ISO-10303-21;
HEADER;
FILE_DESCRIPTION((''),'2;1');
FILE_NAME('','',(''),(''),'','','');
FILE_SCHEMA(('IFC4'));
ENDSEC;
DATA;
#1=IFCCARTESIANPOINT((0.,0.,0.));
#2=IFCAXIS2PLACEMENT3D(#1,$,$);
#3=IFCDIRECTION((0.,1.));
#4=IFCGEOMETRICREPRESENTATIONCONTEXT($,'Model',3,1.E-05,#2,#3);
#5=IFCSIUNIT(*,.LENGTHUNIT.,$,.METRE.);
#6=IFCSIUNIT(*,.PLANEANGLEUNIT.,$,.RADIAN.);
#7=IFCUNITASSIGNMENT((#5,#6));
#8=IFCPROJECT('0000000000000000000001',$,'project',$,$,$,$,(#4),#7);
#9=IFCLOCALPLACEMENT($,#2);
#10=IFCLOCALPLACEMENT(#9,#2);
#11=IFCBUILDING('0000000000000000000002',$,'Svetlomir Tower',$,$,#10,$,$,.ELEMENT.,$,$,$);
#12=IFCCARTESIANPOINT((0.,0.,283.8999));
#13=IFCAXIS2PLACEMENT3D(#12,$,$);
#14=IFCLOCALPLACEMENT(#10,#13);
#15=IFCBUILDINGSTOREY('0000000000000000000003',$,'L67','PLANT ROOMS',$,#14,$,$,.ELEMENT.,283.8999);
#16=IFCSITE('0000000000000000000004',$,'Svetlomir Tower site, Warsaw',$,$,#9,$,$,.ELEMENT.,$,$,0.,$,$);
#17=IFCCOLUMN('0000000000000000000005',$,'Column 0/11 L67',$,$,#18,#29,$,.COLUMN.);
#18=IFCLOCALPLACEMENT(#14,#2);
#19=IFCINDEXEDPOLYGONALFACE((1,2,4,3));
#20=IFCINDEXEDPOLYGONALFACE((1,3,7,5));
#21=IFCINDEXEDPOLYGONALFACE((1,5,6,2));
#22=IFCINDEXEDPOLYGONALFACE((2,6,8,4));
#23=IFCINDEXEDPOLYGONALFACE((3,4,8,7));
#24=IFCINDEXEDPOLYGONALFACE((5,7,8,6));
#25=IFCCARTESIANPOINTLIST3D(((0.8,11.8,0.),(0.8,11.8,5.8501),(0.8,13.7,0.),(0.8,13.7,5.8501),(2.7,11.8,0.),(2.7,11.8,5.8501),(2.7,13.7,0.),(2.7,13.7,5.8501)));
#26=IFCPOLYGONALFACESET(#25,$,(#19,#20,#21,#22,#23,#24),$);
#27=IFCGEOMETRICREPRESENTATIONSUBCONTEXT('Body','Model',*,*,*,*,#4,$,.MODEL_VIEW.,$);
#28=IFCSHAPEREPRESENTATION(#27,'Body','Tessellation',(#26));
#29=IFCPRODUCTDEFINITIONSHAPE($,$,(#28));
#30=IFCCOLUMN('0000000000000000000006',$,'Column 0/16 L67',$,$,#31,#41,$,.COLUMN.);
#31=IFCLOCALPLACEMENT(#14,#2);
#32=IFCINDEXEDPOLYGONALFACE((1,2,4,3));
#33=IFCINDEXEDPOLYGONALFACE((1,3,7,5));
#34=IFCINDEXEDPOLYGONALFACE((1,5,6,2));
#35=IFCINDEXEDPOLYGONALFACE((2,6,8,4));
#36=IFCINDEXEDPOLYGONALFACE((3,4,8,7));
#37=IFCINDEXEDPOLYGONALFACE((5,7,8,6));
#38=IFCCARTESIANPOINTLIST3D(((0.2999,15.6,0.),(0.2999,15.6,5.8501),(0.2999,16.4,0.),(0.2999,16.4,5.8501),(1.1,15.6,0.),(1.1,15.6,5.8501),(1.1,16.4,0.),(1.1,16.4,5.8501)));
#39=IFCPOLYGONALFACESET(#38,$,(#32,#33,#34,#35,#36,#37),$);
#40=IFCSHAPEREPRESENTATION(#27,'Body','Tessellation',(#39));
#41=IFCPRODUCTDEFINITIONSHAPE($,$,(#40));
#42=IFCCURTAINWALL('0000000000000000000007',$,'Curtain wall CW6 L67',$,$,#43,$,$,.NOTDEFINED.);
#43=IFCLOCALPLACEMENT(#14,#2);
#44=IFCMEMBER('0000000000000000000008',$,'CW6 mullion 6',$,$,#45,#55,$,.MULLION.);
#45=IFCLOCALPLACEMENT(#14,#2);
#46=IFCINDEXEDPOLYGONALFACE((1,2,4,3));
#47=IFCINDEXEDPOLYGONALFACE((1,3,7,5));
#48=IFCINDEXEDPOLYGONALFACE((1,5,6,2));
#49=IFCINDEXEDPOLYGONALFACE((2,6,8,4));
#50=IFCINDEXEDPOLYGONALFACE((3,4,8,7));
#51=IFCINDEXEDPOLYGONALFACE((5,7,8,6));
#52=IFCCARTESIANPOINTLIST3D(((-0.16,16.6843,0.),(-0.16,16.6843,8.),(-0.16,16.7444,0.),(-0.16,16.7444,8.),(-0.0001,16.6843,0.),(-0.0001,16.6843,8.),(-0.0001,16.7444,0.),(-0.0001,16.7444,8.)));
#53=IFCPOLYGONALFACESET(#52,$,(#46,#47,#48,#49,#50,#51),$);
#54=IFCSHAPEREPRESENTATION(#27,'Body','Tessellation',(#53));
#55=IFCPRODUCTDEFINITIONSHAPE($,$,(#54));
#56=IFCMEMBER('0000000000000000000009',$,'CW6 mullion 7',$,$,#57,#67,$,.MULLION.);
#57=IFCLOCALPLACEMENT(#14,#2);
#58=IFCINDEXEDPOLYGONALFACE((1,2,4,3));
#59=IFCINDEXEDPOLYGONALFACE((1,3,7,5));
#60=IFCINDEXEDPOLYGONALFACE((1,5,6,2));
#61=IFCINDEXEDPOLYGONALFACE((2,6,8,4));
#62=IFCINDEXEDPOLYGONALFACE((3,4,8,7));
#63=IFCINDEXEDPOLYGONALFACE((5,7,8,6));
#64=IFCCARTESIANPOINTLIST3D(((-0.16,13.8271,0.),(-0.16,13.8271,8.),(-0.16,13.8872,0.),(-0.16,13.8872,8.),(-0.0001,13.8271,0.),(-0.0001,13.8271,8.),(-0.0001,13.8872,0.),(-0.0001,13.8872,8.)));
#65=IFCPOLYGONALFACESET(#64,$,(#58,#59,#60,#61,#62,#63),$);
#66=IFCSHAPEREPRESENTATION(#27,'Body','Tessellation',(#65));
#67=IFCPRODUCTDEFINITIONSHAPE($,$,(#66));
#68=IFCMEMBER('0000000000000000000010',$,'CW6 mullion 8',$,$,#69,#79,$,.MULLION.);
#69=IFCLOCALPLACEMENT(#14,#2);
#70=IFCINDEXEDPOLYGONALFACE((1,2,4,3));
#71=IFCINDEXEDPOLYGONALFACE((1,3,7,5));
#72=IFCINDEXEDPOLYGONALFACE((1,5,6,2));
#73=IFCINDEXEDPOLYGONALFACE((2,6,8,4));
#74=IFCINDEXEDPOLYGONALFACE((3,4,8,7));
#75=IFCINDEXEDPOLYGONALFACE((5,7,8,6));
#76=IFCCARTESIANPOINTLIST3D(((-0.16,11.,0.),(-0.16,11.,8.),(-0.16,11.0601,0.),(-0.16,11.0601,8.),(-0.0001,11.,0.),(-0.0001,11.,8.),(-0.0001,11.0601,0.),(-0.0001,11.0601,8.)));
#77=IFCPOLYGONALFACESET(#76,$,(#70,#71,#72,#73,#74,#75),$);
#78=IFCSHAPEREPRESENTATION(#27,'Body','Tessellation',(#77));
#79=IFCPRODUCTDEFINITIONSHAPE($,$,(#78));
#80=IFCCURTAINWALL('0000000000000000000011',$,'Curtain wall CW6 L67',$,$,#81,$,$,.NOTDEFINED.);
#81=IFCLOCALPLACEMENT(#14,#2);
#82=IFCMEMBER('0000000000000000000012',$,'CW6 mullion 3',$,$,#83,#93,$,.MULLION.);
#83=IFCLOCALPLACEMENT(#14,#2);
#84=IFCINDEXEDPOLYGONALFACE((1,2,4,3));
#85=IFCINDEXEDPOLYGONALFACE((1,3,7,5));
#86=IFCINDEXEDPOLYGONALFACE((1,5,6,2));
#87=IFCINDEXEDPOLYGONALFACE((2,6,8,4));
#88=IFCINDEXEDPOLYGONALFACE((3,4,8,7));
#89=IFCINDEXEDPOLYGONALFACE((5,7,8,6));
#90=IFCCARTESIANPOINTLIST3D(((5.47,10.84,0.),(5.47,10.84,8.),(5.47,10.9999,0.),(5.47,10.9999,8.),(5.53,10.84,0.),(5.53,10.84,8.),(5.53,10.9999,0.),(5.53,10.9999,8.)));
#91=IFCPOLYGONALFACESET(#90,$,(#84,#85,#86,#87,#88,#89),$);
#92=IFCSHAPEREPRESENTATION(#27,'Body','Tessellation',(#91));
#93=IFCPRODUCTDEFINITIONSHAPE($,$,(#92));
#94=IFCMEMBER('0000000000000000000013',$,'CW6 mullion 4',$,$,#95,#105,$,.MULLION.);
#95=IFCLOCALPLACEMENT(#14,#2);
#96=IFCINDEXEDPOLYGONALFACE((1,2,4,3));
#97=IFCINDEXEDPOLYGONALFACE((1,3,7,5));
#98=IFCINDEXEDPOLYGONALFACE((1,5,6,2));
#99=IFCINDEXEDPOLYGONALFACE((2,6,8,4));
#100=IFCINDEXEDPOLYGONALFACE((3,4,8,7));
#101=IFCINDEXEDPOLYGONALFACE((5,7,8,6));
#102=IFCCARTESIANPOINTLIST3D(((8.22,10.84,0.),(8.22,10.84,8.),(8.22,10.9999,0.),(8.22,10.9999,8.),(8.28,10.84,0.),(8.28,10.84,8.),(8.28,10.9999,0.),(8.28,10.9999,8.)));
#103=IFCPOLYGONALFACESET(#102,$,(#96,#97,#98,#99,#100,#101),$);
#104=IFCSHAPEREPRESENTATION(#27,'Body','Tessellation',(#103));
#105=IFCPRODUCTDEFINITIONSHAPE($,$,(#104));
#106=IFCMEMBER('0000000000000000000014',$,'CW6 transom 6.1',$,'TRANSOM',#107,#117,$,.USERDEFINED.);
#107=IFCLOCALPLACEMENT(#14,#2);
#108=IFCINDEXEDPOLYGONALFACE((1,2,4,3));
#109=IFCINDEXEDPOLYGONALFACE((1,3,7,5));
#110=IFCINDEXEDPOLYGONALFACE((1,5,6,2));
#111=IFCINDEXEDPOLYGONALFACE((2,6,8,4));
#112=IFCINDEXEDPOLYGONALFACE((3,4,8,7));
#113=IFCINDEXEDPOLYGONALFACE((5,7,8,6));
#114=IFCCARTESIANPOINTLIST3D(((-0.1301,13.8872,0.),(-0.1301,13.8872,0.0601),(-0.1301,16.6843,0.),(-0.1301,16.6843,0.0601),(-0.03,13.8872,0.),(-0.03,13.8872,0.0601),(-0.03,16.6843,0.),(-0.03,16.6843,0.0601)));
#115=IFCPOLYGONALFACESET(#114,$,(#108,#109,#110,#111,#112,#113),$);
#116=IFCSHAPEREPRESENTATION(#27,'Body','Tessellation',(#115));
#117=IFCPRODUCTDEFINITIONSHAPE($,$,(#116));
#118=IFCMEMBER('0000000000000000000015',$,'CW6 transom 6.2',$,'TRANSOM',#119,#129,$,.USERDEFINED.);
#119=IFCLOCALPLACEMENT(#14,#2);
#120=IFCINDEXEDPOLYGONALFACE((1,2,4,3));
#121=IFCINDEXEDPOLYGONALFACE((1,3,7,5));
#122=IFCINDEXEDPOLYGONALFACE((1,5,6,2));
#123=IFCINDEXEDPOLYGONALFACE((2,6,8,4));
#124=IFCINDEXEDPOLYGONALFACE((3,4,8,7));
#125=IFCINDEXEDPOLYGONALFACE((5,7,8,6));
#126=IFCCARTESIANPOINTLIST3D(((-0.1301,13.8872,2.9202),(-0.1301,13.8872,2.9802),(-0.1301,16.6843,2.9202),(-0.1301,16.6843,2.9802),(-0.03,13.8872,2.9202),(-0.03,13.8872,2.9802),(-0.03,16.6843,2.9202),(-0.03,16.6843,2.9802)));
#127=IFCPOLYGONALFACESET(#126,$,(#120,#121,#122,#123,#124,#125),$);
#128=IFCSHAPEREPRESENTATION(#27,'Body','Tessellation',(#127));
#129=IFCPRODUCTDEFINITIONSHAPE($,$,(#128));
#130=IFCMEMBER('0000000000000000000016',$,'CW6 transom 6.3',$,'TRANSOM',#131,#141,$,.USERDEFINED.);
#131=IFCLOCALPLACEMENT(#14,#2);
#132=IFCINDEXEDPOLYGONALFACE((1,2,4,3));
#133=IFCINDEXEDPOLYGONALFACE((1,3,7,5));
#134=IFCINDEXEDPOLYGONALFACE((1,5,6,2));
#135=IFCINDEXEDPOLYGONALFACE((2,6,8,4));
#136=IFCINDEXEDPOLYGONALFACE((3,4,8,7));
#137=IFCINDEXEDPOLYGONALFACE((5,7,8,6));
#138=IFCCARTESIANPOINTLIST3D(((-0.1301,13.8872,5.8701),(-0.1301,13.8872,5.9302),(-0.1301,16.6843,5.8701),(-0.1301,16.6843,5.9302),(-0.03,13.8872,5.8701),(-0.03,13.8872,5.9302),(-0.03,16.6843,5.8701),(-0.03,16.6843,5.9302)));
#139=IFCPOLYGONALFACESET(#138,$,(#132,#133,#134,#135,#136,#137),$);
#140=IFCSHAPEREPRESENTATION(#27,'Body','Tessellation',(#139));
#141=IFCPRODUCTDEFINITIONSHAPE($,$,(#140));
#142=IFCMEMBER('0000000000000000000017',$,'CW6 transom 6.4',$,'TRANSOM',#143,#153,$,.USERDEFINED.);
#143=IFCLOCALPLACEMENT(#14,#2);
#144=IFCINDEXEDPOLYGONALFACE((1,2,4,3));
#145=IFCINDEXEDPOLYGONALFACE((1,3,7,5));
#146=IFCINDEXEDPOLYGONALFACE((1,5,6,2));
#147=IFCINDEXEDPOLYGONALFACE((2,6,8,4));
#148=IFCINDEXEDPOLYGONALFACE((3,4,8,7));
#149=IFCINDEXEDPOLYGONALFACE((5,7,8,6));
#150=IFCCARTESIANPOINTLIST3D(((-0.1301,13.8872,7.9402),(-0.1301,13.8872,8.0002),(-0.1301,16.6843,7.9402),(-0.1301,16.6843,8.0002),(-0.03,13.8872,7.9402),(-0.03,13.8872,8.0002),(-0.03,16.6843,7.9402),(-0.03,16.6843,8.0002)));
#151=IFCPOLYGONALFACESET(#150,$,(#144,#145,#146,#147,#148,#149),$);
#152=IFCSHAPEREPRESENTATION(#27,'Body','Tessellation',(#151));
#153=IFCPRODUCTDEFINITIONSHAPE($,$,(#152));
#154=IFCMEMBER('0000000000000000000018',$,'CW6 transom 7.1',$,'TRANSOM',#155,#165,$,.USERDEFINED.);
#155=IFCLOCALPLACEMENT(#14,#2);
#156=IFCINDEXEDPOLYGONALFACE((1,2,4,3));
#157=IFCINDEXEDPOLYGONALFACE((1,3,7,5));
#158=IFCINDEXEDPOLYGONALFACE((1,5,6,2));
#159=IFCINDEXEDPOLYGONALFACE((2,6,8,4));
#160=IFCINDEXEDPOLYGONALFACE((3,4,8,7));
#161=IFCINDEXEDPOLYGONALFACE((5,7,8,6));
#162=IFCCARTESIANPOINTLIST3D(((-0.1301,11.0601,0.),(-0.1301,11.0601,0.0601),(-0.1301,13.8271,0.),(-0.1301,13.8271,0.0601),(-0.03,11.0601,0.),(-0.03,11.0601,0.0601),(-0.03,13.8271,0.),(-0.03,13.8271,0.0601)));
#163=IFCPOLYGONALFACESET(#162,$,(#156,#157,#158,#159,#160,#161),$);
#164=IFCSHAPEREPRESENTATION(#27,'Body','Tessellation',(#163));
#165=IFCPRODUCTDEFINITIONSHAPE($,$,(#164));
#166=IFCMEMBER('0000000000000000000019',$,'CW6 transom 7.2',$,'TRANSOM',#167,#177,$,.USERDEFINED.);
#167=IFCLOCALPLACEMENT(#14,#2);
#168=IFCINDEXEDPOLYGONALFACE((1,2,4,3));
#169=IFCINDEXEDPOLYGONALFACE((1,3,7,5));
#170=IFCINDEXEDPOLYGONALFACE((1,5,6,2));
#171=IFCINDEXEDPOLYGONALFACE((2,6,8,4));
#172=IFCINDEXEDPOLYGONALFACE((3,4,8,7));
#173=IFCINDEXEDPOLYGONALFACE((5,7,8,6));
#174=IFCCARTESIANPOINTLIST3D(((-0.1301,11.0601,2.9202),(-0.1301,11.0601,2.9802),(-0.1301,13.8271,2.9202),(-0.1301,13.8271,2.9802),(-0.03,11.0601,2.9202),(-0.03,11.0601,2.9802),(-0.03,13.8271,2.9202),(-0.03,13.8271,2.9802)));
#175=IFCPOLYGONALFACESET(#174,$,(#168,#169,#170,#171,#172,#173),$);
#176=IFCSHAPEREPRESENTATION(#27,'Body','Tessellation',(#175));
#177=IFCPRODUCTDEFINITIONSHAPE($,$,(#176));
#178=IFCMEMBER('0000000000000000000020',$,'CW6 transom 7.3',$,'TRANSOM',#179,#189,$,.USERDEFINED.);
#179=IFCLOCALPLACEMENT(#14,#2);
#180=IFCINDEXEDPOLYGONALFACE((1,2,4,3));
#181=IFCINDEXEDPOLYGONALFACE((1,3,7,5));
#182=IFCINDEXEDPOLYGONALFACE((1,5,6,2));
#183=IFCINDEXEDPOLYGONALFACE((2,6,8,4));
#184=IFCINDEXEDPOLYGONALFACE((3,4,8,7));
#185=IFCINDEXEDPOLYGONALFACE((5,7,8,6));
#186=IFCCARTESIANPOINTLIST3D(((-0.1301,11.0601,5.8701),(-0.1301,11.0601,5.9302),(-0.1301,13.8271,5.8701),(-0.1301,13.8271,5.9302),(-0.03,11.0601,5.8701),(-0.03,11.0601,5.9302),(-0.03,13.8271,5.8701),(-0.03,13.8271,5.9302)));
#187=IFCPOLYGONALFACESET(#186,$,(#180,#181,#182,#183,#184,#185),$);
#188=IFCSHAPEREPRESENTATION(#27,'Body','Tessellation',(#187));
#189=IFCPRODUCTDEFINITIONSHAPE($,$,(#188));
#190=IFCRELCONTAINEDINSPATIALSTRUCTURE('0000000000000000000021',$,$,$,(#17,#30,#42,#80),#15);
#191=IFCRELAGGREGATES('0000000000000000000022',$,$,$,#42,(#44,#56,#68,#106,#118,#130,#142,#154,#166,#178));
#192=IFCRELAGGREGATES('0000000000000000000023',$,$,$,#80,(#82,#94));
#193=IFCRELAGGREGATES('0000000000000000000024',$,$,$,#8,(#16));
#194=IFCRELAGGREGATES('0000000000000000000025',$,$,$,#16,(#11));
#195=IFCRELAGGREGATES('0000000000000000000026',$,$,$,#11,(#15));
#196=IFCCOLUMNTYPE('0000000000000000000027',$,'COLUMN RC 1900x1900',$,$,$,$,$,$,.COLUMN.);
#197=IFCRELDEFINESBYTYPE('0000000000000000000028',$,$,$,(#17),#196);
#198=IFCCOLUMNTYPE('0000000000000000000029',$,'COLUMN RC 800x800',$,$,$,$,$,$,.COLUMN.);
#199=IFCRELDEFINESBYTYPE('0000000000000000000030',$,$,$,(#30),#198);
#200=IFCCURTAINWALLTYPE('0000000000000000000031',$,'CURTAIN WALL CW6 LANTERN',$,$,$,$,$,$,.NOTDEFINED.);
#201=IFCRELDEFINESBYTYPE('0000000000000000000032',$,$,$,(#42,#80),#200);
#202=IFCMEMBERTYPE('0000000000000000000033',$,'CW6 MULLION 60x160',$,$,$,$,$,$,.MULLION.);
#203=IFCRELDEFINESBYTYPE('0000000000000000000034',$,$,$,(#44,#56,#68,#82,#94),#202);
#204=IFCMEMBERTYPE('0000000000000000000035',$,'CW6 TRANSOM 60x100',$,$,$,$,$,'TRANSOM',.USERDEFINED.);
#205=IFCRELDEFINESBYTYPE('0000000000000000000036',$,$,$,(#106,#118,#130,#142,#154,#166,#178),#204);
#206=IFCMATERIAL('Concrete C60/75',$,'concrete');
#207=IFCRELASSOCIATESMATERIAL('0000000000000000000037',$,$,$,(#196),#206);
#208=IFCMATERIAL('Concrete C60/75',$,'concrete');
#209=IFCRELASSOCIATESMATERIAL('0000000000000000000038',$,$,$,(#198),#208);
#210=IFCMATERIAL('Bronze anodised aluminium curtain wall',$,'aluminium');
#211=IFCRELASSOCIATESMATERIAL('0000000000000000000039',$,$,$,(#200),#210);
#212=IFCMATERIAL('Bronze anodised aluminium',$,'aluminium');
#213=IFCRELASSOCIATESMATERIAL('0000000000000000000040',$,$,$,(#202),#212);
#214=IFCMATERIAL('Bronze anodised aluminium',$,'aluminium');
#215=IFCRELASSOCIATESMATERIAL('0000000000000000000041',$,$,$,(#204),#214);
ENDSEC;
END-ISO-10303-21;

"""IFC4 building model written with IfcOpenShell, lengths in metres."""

from ifc_helpers import new_model, si_unit, direction, frame, origin, origin_2d, place, context, subcontext, project, spatial, rectangle, extrude, material, material_profile, profile_set, type_object, element, aggregate, save


model = new_model("IFC4")

# Units and contexts
model_context = context("Model", 3, precision=1e-05, world=origin(), true_north=direction((0.0, 1.0)))
body_context = subcontext(model_context, "Body", "Model", "MODEL_VIEW")
ifc_project = project(units=[si_unit("LENGTHUNIT", "METRE"), si_unit("PLANEANGLEUNIT", "RADIAN")], contexts=[model_context])

# Site, building, storey
site_placement = place(None, origin())
site = spatial("IfcSite", under=ifc_project, at=site_placement, Name="Svetlomir Tower site, Warsaw", CompositionType="ELEMENT", RefElevation=0.0)
building_placement = place(site_placement, origin())
building = spatial("IfcBuilding", under=site, at=building_placement, Name="Svetlomir Tower", CompositionType="ELEMENT")
storey_placement = place(building_placement, frame((0.0, 0.0, 283.8999)))
storey = spatial("IfcBuildingStorey", under=building, at=storey_placement, Name="L67", Description="PLANT ROOMS", CompositionType="ELEMENT", Elevation=283.8999)

# Columns
ifc_material_1 = material(Name="Concrete C60/75", Category="concrete")
ifc_material_profile_1 = material_profile(ifc_material_1, rectangle(XDim=1.8999, YDim=1.8999, at=origin_2d()), Name="RC 1900x1900")
ifc_profile_set_1 = profile_set([ifc_material_profile_1], Name="Concrete C60/75")
column_type_1 = type_object("IfcColumnType", Name="COLUMN RC 1900x1900", PredefinedType="COLUMN", material=ifc_profile_set_1)
column_1_placement = place(storey_placement, frame((1.75, 12.75, 0.0), z_axis=(0.0, 0.0, 1.0), x_axis=(1.0, 0.0, 0.0)))
element("IfcColumn", 1, at=column_1_placement, inside=storey, type_object=column_type_1, Name="Column 0/11 L67", PredefinedType="COLUMN", context=body_context, shape_type="SweptSolid", body=[
    extrude(rectangle(XDim=1.8999, YDim=1.8999, at=origin_2d()), origin(), (0.0, 0.0, 1.0), 5.8501),
])
ifc_material_2 = material(Name="Concrete C60/75", Category="concrete")
ifc_material_profile_2 = material_profile(ifc_material_2, rectangle(XDim=0.8, YDim=0.8, at=origin_2d()), Name="RC 800x800")
ifc_profile_set_2 = profile_set([ifc_material_profile_2], Name="Concrete C60/75")
column_type_2 = type_object("IfcColumnType", Name="COLUMN RC 800x800", PredefinedType="COLUMN", material=ifc_profile_set_2)
column_2_placement = place(storey_placement, frame((0.7, 16.0, 0.0), z_axis=(0.0, 0.0, 1.0), x_axis=(1.0, 0.0, 0.0)))
element("IfcColumn", 2, at=column_2_placement, inside=storey, type_object=column_type_2, Name="Column 0/16 L67", PredefinedType="COLUMN", context=body_context, shape_type="SweptSolid", body=[
    extrude(rectangle(XDim=0.8, YDim=0.8, at=origin_2d()), origin(), (0.0, 0.0, 1.0), 5.8501),
])

# Curtain walls, members
ifc_material_3 = material(Name="Bronze anodised aluminium curtain wall", Category="aluminium")
curtain_wall_type = type_object("IfcCurtainWallType", Name="CURTAIN WALL CW6 LANTERN", PredefinedType="NOTDEFINED", material=ifc_material_3)
curtain_wall_1_placement = place(storey_placement, origin())
curtain_wall_1 = element("IfcCurtainWall", 3, at=curtain_wall_1_placement, inside=storey, type_object=curtain_wall_type, Name="Curtain wall CW6 L67", PredefinedType="NOTDEFINED")
ifc_material_4 = material(Name="Bronze anodised aluminium", Category="aluminium")
ifc_material_profile_3 = material_profile(ifc_material_4, rectangle(XDim=0.0601, YDim=0.1599, at=origin_2d()), Name="AL 60x160")
ifc_profile_set_3 = profile_set([ifc_material_profile_3], Name="Bronze anodised aluminium 6063-T6")
member_type_1 = type_object("IfcMemberType", Name="CW6 MULLION 60x160", PredefinedType="MULLION", material=ifc_profile_set_3)
member_1_placement = place(storey_placement, frame((-0.0801, 16.7144, 0.0), z_axis=(0.0, 0.0, 1.0), x_axis=(0.0, -1.0, 0.0)))
member_1 = element("IfcMember", 4, at=member_1_placement, type_object=member_type_1, Name="CW6 mullion 6", PredefinedType="MULLION", context=body_context, shape_type="SweptSolid", body=[
    extrude(rectangle(XDim=0.0601, YDim=0.1599, at=origin_2d()), origin(), (0.0, 0.0, 1.0), 8.0),
])
member_2_placement = place(storey_placement, frame((-0.0801, 13.8572, 0.0), z_axis=(0.0, 0.0, 1.0), x_axis=(0.0, -1.0, 0.0)))
member_2 = element("IfcMember", 5, at=member_2_placement, type_object=member_type_1, Name="CW6 mullion 7", PredefinedType="MULLION", context=body_context, shape_type="SweptSolid", body=[
    extrude(rectangle(XDim=0.0601, YDim=0.1599, at=origin_2d()), origin(), (0.0, 0.0, 1.0), 8.0),
])
member_3_placement = place(storey_placement, frame((-0.0801, 11.03, 0.0), z_axis=(0.0, 0.0, 1.0), x_axis=(0.0, -1.0, 0.0)))
member_3 = element("IfcMember", 6, at=member_3_placement, type_object=member_type_1, Name="CW6 mullion 8", PredefinedType="MULLION", context=body_context, shape_type="SweptSolid", body=[
    extrude(rectangle(XDim=0.0601, YDim=0.1599, at=origin_2d()), origin(), (0.0, 0.0, 1.0), 8.0),
])
curtain_wall_2_placement = place(storey_placement, origin())
curtain_wall_2 = element("IfcCurtainWall", 7, at=curtain_wall_2_placement, inside=storey, type_object=curtain_wall_type, Name="Curtain wall CW6 L67", PredefinedType="NOTDEFINED")
member_4_placement = place(storey_placement, frame((5.5, 10.9199, 0.0), z_axis=(0.0, 0.0, 1.0), x_axis=(1.0, 0.0, 0.0)))
member_4 = element("IfcMember", 8, at=member_4_placement, type_object=member_type_1, Name="CW6 mullion 3", PredefinedType="MULLION", context=body_context, shape_type="SweptSolid", body=[
    extrude(rectangle(XDim=0.0601, YDim=0.1599, at=origin_2d()), origin(), (0.0, 0.0, 1.0), 8.0),
])
member_5_placement = place(storey_placement, frame((8.25, 10.9199, 0.0), z_axis=(0.0, 0.0, 1.0), x_axis=(1.0, 0.0, 0.0)))
member_5 = element("IfcMember", 9, at=member_5_placement, type_object=member_type_1, Name="CW6 mullion 4", PredefinedType="MULLION", context=body_context, shape_type="SweptSolid", body=[
    extrude(rectangle(XDim=0.0601, YDim=0.1599, at=origin_2d()), origin(), (0.0, 0.0, 1.0), 8.0),
])

# Members
ifc_material_5 = material(Name="Bronze anodised aluminium", Category="aluminium")
ifc_material_profile_4 = material_profile(ifc_material_5, rectangle(XDim=0.1001, YDim=0.0601, at=origin_2d()), Name="AL 100x60")
ifc_profile_set_4 = profile_set([ifc_material_profile_4], Name="Bronze anodised aluminium 6063-T6")
member_type_2 = type_object("IfcMemberType", Name="CW6 TRANSOM 60x100", ElementType="TRANSOM", PredefinedType="USERDEFINED", material=ifc_profile_set_4)
member_6_placement = place(storey_placement, frame((-0.0801, 16.6843, 0.03), z_axis=(0.0, -1.0, 0.0), x_axis=(1.0, 0.0, 0.0)))
member_6 = element("IfcMember", 10, at=member_6_placement, type_object=member_type_2, Name="CW6 transom 6.1", ObjectType="TRANSOM", PredefinedType="USERDEFINED", context=body_context, shape_type="SweptSolid", body=[
    extrude(rectangle(XDim=0.1001, YDim=0.0601, at=origin_2d()), origin(), (0.0, 0.0, 1.0), 2.7971),
])
member_7_placement = place(storey_placement, frame((-0.0801, 16.6843, 2.9502), z_axis=(0.0, -1.0, 0.0), x_axis=(1.0, 0.0, 0.0)))
member_7 = element("IfcMember", 11, at=member_7_placement, type_object=member_type_2, Name="CW6 transom 6.2", ObjectType="TRANSOM", PredefinedType="USERDEFINED", context=body_context, shape_type="SweptSolid", body=[
    extrude(rectangle(XDim=0.1001, YDim=0.0601, at=origin_2d()), origin(), (0.0, 0.0, 1.0), 2.7971),
])
member_8_placement = place(storey_placement, frame((-0.0801, 16.6843, 5.9001), z_axis=(0.0, -1.0, 0.0), x_axis=(1.0, 0.0, 0.0)))
member_8 = element("IfcMember", 12, at=member_8_placement, type_object=member_type_2, Name="CW6 transom 6.3", ObjectType="TRANSOM", PredefinedType="USERDEFINED", context=body_context, shape_type="SweptSolid", body=[
    extrude(rectangle(XDim=0.1001, YDim=0.0601, at=origin_2d()), origin(), (0.0, 0.0, 1.0), 2.7971),
])
member_9_placement = place(storey_placement, frame((-0.0801, 16.6843, 7.9702), z_axis=(0.0, -1.0, 0.0), x_axis=(1.0, 0.0, 0.0)))
member_9 = element("IfcMember", 13, at=member_9_placement, type_object=member_type_2, Name="CW6 transom 6.4", ObjectType="TRANSOM", PredefinedType="USERDEFINED", context=body_context, shape_type="SweptSolid", body=[
    extrude(rectangle(XDim=0.1001, YDim=0.0601, at=origin_2d()), origin(), (0.0, 0.0, 1.0), 2.7971),
])
member_10_placement = place(storey_placement, frame((-0.0801, 13.8271, 0.03), z_axis=(0.0, -1.0, 0.0), x_axis=(1.0, 0.0, 0.0)))
member_10 = element("IfcMember", 14, at=member_10_placement, type_object=member_type_2, Name="CW6 transom 7.1", ObjectType="TRANSOM", PredefinedType="USERDEFINED", context=body_context, shape_type="SweptSolid", body=[
    extrude(rectangle(XDim=0.1001, YDim=0.0601, at=origin_2d()), origin(), (0.0, 0.0, 1.0), 2.7671),
])
member_11_placement = place(storey_placement, frame((-0.0801, 13.8271, 2.9502), z_axis=(0.0, -1.0, 0.0), x_axis=(1.0, 0.0, 0.0)))
member_11 = element("IfcMember", 15, at=member_11_placement, type_object=member_type_2, Name="CW6 transom 7.2", ObjectType="TRANSOM", PredefinedType="USERDEFINED", context=body_context, shape_type="SweptSolid", body=[
    extrude(rectangle(XDim=0.1001, YDim=0.0601, at=origin_2d()), origin(), (0.0, 0.0, 1.0), 2.7671),
])
member_12_placement = place(storey_placement, frame((-0.0801, 13.8271, 5.9001), z_axis=(0.0, -1.0, 0.0), x_axis=(1.0, 0.0, 0.0)))
member_12 = element("IfcMember", 16, at=member_12_placement, type_object=member_type_2, Name="CW6 transom 7.3", ObjectType="TRANSOM", PredefinedType="USERDEFINED", context=body_context, shape_type="SweptSolid", body=[
    extrude(rectangle(XDim=0.1001, YDim=0.0601, at=origin_2d()), origin(), (0.0, 0.0, 1.0), 2.7671),
])

aggregate(curtain_wall_1, [member_1, member_2, member_3, member_6, member_7, member_8, member_9, member_10, member_11, member_12])
aggregate(curtain_wall_2, [member_4, member_5])

save(model, "model.ifc")
